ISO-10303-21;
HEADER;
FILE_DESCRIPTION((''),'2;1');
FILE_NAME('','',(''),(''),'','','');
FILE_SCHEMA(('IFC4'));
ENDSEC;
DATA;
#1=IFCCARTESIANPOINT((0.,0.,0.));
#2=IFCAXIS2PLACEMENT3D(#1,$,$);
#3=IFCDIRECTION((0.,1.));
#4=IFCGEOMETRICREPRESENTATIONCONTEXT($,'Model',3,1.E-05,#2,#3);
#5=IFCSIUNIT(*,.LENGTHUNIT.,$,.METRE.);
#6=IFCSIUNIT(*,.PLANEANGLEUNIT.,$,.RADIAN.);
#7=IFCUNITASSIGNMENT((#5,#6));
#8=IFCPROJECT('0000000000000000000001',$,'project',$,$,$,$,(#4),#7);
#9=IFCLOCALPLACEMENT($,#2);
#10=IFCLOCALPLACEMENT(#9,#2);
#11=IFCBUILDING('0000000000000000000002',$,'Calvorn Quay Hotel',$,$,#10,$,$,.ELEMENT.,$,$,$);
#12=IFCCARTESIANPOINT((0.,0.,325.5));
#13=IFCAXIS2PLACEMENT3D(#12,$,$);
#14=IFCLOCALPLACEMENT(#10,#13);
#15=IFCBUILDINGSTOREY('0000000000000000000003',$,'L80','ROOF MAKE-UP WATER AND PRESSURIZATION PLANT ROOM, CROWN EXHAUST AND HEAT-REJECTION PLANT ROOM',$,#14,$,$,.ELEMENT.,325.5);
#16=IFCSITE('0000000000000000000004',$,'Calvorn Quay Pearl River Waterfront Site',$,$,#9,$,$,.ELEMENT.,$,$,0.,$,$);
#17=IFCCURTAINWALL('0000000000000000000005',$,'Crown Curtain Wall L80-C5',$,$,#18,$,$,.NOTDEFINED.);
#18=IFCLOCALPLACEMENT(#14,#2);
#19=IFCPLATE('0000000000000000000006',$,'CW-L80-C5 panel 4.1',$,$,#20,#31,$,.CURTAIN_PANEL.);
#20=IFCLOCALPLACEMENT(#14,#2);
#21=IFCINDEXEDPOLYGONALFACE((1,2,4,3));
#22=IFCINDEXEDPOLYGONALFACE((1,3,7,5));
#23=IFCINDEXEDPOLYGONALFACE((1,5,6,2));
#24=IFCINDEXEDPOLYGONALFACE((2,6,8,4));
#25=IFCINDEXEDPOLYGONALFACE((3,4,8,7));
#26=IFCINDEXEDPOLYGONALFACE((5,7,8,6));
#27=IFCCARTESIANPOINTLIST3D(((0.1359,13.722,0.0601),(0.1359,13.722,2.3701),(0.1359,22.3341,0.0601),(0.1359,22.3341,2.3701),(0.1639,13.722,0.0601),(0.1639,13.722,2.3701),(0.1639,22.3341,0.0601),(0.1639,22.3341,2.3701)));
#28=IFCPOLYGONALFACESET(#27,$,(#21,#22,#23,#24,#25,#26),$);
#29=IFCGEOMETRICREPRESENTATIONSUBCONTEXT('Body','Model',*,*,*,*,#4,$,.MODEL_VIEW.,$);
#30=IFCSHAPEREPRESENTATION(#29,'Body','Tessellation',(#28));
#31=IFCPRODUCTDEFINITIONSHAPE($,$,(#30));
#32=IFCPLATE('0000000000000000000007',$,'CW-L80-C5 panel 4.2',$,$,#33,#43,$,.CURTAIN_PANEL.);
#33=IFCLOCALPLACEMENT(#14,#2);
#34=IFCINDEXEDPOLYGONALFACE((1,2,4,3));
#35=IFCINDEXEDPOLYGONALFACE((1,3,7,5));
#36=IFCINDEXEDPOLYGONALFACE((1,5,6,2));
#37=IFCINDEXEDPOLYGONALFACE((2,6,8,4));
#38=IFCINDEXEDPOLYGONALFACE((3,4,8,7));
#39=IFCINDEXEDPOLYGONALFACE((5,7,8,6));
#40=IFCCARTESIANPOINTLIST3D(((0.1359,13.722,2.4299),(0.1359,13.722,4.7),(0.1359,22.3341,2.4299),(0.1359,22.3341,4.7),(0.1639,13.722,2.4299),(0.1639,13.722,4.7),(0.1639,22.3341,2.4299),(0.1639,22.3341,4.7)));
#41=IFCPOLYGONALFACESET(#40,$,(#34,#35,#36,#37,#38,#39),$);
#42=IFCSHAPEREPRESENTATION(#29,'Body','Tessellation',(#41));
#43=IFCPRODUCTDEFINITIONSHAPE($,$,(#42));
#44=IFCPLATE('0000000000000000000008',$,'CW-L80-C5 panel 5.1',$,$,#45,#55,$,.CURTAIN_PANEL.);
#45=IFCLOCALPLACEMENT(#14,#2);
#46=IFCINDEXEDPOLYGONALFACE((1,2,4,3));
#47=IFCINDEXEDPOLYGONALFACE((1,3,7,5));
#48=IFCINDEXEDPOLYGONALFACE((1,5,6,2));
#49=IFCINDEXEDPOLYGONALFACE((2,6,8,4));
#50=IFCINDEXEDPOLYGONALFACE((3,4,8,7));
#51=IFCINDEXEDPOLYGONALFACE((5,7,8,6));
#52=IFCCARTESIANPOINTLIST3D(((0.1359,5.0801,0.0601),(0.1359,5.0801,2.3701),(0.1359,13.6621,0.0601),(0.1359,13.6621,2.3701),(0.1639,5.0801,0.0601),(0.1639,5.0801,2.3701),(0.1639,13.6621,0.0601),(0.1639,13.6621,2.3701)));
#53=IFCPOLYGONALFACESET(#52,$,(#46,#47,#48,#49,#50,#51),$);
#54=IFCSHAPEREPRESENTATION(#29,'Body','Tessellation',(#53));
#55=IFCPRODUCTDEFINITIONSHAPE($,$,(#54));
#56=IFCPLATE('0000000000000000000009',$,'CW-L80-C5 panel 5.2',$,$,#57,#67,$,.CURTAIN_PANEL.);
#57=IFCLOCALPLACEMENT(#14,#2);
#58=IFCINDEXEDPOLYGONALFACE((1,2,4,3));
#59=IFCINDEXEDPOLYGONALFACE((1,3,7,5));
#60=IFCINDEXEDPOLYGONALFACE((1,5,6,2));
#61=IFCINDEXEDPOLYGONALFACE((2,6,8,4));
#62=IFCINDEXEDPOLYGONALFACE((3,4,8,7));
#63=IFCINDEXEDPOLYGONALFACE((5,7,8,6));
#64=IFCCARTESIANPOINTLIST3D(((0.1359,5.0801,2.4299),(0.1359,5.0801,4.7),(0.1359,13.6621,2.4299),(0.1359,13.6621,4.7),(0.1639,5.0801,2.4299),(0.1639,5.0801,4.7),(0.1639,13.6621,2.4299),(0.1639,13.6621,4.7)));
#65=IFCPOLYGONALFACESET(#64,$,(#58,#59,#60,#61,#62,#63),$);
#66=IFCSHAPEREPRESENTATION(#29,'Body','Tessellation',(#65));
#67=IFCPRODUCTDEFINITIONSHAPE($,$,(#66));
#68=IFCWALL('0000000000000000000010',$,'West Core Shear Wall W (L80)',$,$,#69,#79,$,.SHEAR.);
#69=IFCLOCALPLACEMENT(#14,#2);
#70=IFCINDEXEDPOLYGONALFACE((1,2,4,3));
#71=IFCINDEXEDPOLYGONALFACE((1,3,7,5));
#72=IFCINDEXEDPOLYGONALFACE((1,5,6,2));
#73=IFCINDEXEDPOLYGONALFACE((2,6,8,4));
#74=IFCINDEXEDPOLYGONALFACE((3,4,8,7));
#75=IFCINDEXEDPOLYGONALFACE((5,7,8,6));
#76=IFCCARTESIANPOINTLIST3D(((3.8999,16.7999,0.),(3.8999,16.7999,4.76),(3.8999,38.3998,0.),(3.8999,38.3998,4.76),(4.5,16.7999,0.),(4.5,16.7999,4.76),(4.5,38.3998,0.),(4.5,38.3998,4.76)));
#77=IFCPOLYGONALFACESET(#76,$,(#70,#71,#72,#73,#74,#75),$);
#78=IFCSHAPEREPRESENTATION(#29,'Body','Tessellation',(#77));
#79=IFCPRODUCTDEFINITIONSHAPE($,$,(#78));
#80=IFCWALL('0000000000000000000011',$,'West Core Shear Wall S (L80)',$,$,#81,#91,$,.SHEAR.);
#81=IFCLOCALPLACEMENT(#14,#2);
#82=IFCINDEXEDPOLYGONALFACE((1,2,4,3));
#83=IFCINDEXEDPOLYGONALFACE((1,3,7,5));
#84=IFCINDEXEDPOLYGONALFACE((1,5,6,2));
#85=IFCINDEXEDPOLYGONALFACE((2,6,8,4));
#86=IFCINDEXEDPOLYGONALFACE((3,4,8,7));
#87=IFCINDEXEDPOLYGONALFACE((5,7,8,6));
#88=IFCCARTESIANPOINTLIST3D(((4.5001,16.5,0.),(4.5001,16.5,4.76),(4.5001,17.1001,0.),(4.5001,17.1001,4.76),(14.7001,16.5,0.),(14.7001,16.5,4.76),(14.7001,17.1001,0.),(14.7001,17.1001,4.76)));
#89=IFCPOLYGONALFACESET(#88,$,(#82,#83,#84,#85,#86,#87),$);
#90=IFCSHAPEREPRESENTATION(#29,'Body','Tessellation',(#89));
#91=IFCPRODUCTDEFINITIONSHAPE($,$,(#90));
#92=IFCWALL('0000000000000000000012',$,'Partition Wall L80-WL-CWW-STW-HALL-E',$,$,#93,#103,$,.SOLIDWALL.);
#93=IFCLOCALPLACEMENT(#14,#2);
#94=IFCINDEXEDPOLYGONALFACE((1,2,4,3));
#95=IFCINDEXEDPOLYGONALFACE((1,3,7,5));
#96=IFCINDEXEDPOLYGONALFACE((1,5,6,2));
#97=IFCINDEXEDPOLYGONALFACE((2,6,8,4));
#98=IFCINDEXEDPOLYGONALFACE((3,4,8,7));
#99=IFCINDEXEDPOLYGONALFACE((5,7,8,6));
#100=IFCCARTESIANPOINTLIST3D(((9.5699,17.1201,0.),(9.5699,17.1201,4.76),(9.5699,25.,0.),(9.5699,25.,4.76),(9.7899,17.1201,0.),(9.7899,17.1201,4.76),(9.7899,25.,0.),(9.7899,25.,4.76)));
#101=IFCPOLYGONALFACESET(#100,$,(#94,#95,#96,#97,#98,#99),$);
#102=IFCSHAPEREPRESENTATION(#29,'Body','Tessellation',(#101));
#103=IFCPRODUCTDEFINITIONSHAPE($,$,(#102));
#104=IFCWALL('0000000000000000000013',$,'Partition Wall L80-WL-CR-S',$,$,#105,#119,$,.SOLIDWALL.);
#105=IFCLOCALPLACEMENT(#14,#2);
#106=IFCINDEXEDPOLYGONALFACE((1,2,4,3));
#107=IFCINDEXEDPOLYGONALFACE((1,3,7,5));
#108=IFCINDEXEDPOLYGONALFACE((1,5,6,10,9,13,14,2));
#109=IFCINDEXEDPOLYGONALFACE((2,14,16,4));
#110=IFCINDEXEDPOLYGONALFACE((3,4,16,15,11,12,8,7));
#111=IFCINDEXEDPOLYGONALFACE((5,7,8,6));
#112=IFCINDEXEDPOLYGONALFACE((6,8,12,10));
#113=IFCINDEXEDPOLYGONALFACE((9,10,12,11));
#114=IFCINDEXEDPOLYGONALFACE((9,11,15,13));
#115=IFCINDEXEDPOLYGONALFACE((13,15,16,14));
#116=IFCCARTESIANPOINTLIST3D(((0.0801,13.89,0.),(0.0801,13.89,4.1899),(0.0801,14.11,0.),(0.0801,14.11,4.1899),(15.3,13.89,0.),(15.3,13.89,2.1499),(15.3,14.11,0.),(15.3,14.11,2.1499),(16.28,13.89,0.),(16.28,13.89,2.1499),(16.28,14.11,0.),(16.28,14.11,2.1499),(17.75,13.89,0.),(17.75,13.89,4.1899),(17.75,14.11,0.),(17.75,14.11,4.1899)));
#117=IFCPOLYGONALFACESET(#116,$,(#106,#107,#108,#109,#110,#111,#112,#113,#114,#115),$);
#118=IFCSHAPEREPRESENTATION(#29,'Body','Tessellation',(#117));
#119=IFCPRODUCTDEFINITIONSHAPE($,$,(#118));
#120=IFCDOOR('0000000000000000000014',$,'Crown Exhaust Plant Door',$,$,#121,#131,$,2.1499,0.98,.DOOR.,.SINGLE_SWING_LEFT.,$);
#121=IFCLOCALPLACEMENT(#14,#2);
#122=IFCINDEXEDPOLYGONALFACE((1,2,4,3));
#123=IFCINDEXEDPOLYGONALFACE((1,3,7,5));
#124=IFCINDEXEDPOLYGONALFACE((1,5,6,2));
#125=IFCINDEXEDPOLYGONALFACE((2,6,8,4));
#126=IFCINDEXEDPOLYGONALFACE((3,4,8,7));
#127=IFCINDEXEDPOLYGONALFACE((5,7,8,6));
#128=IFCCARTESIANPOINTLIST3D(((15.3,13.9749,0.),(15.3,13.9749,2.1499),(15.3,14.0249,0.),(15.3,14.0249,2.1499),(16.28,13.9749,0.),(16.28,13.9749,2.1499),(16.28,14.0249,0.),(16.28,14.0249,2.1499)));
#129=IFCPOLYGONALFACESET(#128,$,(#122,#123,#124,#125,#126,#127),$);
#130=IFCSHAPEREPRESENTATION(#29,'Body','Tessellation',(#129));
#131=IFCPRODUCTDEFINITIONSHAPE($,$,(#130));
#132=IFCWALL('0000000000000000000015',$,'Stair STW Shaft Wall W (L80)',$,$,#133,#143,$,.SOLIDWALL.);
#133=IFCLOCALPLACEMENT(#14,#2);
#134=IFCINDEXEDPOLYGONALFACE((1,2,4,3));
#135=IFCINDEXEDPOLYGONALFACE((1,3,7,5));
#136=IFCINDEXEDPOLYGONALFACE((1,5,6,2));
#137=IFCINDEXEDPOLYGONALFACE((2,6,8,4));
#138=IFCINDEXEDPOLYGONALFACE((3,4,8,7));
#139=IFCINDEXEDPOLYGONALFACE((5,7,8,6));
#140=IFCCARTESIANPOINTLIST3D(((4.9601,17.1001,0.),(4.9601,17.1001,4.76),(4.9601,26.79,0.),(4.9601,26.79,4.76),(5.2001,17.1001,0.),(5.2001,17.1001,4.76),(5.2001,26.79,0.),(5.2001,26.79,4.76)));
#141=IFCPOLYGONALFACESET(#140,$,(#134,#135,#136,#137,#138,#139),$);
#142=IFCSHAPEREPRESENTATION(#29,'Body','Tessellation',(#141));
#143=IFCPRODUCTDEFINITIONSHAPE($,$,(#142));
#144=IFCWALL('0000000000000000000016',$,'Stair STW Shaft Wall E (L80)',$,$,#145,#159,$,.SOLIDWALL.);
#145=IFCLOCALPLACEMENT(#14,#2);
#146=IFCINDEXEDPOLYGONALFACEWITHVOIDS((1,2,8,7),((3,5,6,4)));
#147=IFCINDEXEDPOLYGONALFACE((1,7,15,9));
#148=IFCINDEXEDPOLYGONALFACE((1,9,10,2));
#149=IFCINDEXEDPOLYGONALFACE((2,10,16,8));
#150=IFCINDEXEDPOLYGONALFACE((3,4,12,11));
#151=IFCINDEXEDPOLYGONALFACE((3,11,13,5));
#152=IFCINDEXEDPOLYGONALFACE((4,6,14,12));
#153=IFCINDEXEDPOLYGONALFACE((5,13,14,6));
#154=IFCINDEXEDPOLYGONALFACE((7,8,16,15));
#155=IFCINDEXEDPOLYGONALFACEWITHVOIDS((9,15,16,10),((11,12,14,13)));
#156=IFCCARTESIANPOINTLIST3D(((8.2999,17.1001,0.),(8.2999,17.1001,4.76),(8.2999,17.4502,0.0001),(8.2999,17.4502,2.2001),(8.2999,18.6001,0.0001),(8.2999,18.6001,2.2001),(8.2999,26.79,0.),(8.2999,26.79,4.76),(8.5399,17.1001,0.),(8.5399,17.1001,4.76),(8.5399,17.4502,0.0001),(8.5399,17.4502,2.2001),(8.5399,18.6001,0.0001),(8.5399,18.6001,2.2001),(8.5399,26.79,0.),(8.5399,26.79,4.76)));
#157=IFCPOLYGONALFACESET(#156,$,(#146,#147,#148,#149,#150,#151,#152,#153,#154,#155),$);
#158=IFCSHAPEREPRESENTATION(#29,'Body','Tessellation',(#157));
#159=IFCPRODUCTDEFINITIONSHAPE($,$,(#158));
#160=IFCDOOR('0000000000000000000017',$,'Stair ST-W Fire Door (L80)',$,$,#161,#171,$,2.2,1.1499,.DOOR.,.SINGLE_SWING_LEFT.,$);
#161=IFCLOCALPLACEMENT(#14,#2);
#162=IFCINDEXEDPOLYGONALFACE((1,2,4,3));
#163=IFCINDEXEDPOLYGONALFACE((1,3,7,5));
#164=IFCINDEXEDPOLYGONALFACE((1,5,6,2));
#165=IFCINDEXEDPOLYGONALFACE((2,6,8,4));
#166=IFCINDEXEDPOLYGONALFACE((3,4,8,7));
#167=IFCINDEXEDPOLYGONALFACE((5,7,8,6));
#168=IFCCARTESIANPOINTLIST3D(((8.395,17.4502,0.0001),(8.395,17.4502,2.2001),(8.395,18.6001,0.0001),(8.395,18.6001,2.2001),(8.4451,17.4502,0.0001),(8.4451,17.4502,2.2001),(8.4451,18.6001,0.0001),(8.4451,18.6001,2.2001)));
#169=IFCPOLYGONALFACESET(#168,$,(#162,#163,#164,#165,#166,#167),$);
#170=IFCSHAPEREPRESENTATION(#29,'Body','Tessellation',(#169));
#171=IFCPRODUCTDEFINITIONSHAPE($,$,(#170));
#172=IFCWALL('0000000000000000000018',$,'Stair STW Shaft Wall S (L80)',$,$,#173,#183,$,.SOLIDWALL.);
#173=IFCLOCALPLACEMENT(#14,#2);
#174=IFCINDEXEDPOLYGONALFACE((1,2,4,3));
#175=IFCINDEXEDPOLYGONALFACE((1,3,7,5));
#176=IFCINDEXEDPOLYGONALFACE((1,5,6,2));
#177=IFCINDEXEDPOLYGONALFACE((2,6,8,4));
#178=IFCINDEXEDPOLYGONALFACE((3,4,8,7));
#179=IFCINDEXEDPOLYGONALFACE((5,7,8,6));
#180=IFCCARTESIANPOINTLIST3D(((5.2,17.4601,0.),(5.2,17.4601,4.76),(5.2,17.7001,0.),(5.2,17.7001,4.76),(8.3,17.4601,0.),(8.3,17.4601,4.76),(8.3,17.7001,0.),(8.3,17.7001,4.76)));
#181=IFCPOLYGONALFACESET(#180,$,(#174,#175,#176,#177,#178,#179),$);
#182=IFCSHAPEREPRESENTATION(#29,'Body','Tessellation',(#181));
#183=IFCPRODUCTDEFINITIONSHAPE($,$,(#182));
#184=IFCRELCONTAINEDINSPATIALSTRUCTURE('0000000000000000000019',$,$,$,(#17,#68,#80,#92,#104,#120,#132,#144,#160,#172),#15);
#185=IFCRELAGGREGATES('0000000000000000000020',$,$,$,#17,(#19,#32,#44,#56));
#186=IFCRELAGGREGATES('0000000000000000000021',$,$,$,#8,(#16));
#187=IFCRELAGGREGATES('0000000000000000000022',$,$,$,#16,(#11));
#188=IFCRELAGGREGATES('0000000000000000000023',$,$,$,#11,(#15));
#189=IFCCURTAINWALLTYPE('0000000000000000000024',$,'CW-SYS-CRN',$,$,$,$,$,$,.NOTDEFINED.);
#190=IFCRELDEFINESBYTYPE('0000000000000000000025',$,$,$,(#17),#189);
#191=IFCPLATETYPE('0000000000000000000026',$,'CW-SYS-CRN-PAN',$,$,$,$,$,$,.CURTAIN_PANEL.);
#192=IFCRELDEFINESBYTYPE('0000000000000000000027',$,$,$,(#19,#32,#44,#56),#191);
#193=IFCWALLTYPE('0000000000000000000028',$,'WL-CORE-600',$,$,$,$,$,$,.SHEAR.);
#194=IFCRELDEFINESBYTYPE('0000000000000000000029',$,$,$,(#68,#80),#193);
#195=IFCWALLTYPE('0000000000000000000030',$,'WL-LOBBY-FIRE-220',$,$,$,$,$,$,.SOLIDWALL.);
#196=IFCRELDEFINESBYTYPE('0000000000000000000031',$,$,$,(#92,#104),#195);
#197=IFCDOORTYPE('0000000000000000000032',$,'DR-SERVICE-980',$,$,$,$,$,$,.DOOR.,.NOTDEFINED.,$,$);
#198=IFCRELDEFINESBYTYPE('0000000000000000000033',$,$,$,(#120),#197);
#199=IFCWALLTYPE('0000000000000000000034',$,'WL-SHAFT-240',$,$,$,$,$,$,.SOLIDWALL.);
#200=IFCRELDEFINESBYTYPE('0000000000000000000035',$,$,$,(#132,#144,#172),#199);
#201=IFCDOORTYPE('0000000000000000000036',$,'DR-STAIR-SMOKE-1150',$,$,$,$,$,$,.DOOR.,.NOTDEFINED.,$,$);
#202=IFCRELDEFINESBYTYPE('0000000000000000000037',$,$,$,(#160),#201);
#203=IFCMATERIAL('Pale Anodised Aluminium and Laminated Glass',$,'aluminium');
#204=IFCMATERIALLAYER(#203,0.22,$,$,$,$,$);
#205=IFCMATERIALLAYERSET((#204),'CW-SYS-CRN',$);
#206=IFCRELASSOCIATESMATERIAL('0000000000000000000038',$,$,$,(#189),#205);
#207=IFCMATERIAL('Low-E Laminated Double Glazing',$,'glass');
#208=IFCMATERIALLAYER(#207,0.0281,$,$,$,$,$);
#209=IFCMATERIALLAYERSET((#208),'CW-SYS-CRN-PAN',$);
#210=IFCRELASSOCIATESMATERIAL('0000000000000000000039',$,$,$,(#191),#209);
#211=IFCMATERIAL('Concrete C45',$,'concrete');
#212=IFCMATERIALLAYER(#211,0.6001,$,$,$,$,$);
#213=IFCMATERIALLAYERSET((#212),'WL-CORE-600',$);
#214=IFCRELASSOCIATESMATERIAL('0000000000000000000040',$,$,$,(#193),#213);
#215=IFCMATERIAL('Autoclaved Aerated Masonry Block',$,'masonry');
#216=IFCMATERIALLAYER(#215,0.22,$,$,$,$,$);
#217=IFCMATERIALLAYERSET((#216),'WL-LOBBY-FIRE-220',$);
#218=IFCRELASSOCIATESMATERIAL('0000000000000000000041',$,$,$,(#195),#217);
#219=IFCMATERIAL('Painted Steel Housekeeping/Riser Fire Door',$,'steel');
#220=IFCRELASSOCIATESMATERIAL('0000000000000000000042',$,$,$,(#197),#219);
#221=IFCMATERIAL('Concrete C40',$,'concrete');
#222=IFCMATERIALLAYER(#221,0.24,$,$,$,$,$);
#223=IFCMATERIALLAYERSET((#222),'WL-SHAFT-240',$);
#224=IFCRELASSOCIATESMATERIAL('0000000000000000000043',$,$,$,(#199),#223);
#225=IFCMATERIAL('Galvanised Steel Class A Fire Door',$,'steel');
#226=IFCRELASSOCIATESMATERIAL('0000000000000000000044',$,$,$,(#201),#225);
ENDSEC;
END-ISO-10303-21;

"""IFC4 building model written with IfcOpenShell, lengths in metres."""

from ifc_helpers import new_model, si_unit, direction, frame, frame_2d, origin, origin_2d, place, context, subcontext, project, spatial, rectangle, extrude, material, layer, layer_set, type_object, element, fill, aggregate, save


model = new_model("IFC4")

# Units and contexts
model_context = context("Model", 3, precision=1e-05, world=origin(), true_north=direction((0.0, 1.0)))
body_context = subcontext(model_context, "Body", "Model", "MODEL_VIEW")
ifc_project = project(units=[si_unit("LENGTHUNIT", "METRE"), si_unit("PLANEANGLEUNIT", "RADIAN")], contexts=[model_context])

# Site, building, storey
site_placement = place(None, origin())
site = spatial("IfcSite", under=ifc_project, at=site_placement, Name="Calvorn Quay Pearl River Waterfront Site", CompositionType="ELEMENT", RefElevation=0.0)
building_placement = place(site_placement, origin())
building = spatial("IfcBuilding", under=site, at=building_placement, Name="Calvorn Quay Hotel", CompositionType="ELEMENT")
storey_placement = place(building_placement, frame((0.0, 0.0, 325.5)))
storey = spatial("IfcBuildingStorey", under=building, at=storey_placement, Name="L80", Description="ROOF MAKE-UP WATER AND PRESSURIZATION PLANT ROOM, CROWN EXHAUST AND HEAT-REJECTION PLANT ROOM", CompositionType="ELEMENT", Elevation=325.5)

# Curtain wall, plates
ifc_material_1 = material(Name="Pale Anodised Aluminium and Laminated Glass", Category="aluminium")
ifc_layer_1 = layer(ifc_material_1, 0.22)
ifc_layer_set_1 = layer_set([ifc_layer_1], Name="CW-SYS-CRN")
curtain_wall_type = type_object("IfcCurtainWallType", Name="CW-SYS-CRN", PredefinedType="NOTDEFINED", material=ifc_layer_set_1)
curtain_wall_placement = place(storey_placement, origin())
curtain_wall = element("IfcCurtainWall", 1, at=curtain_wall_placement, inside=storey, type_object=curtain_wall_type, Name="Crown Curtain Wall L80-C5", PredefinedType="NOTDEFINED")
ifc_material_2 = material(Name="Low-E Laminated Double Glazing", Category="glass")
ifc_layer_2 = layer(ifc_material_2, 0.0281)
ifc_layer_set_2 = layer_set([ifc_layer_2], Name="CW-SYS-CRN-PAN")
plate_type = type_object("IfcPlateType", Name="CW-SYS-CRN-PAN", PredefinedType="CURTAIN_PANEL", material=ifc_layer_set_2)
plate_1_placement = place(storey_placement, frame((0.1499, 18.0281, 0.0601), z_axis=(0.0, 0.0, 1.0), x_axis=(0.0, -1.0, 0.0)))
plate_1 = element("IfcPlate", 2, at=plate_1_placement, type_object=plate_type, Name="CW-L80-C5 panel 4.1", PredefinedType="CURTAIN_PANEL", context=body_context, shape_type="SweptSolid", body=[
    extrude(rectangle(XDim=8.6121, YDim=0.0281, at=origin_2d()), origin(), (0.0, 0.0, 1.0), 2.3101),
])
plate_2_placement = place(storey_placement, frame((0.1499, 18.0281, 2.4299), z_axis=(0.0, 0.0, 1.0), x_axis=(0.0, -1.0, 0.0)))
plate_2 = element("IfcPlate", 3, at=plate_2_placement, type_object=plate_type, Name="CW-L80-C5 panel 4.2", PredefinedType="CURTAIN_PANEL", context=body_context, shape_type="SweptSolid", body=[
    extrude(rectangle(XDim=8.6121, YDim=0.0281, at=origin_2d()), origin(), (0.0, 0.0, 1.0), 2.27),
])
plate_3_placement = place(storey_placement, frame((0.1499, 9.3711, 0.0601), z_axis=(0.0, 0.0, 1.0), x_axis=(0.0, -1.0, 0.0)))
plate_3 = element("IfcPlate", 4, at=plate_3_placement, type_object=plate_type, Name="CW-L80-C5 panel 5.1", PredefinedType="CURTAIN_PANEL", context=body_context, shape_type="SweptSolid", body=[
    extrude(rectangle(XDim=8.582, YDim=0.0281, at=origin_2d()), origin(), (0.0, 0.0, 1.0), 2.3101),
])
plate_4_placement = place(storey_placement, frame((0.1499, 9.3711, 2.4299), z_axis=(0.0, 0.0, 1.0), x_axis=(0.0, -1.0, 0.0)))
plate_4 = element("IfcPlate", 5, at=plate_4_placement, type_object=plate_type, Name="CW-L80-C5 panel 5.2", PredefinedType="CURTAIN_PANEL", context=body_context, shape_type="SweptSolid", body=[
    extrude(rectangle(XDim=8.582, YDim=0.0281, at=origin_2d()), origin(), (0.0, 0.0, 1.0), 2.27),
])
aggregate(curtain_wall, [plate_1, plate_2, plate_3, plate_4])

# Walls
ifc_material_3 = material(Name="Concrete C45", Category="concrete")
ifc_layer_3 = layer(ifc_material_3, 0.6001)
ifc_layer_set_3 = layer_set([ifc_layer_3], Name="WL-CORE-600")
wall_type_1 = type_object("IfcWallType", Name="WL-CORE-600", PredefinedType="SHEAR", material=ifc_layer_set_3)
wall_1_placement = place(storey_placement, frame((4.2, 16.8, 0.0), z_axis=(0.0, 0.0, 1.0), x_axis=(0.0, 1.0, 0.0)))
element("IfcWall", 6, at=wall_1_placement, inside=storey, type_object=wall_type_1, Name="West Core Shear Wall W (L80)", PredefinedType="SHEAR", context=body_context, shape_type="SweptSolid", body=[
    extrude(rectangle(XDim=21.5999, YDim=0.6001, at=frame_2d((10.7998, 0.0))), origin(), (0.0, 0.0, 1.0), 4.76),
])
wall_2_placement = place(storey_placement, frame((4.5, 16.8, 0.0), z_axis=(0.0, 0.0, 1.0), x_axis=(1.0, 0.0, 0.0)))
element("IfcWall", 7, at=wall_2_placement, inside=storey, type_object=wall_type_1, Name="West Core Shear Wall S (L80)", PredefinedType="SHEAR", context=body_context, shape_type="SweptSolid", body=[
    extrude(rectangle(XDim=10.2, YDim=0.6001, at=frame_2d((5.1001, 0.0))), origin(), (0.0, 0.0, 1.0), 4.76),
])
ifc_material_4 = material(Name="Autoclaved Aerated Masonry Block", Category="masonry")
ifc_layer_4 = layer(ifc_material_4, 0.22)
ifc_layer_set_4 = layer_set([ifc_layer_4], Name="WL-LOBBY-FIRE-220")
wall_type_2 = type_object("IfcWallType", Name="WL-LOBBY-FIRE-220", PredefinedType="SOLIDWALL", material=ifc_layer_set_4)
wall_3_placement = place(storey_placement, frame((9.6799, 17.1201, 0.0), z_axis=(0.0, 0.0, 1.0), x_axis=(0.0, 1.0, 0.0)))
element("IfcWall", 8, at=wall_3_placement, inside=storey, type_object=wall_type_2, Name="Partition Wall L80-WL-CWW-STW-HALL-E", PredefinedType="SOLIDWALL", context=body_context, shape_type="SweptSolid", body=[
    extrude(rectangle(XDim=7.8799, YDim=0.22, at=frame_2d((3.9399, 0.0))), origin(), (0.0, 0.0, 1.0), 4.76),
])

# Wall, opening, door
wall_4_placement = place(storey_placement, frame((0.0801, 14.0, 0.0), z_axis=(0.0, 0.0, 1.0), x_axis=(1.0, 0.0, 0.0)))
wall_4 = element("IfcWall", 9, at=wall_4_placement, inside=storey, type_object=wall_type_2, Name="Partition Wall L80-WL-CR-S", PredefinedType="SOLIDWALL", context=body_context, shape_type="SweptSolid", body=[
    extrude(rectangle(XDim=17.6699, YDim=0.22, at=frame_2d((8.835, 0.0))), origin(), (0.0, 0.0, 1.0), 4.1899),
])
opening_1_placement = place(wall_4_placement, frame((15.22, 0.0, 0.0)))
opening_1 = element("IfcOpeningElement", 10, at=opening_1_placement, cuts=wall_4, PredefinedType="OPENING", context=body_context, shape_type="SweptSolid", body=[
    extrude(rectangle(XDim=0.98, YDim=2.1499, at=frame_2d((0.49, 1.075))), frame((0.0, 0.1199, 0.0), z_axis=(0.0, -1.0, 0.0), x_axis=(1.0, 0.0, 0.0)), (0.0, 0.0, 1.0), 0.24),
])
ifc_material_5 = material(Name="Painted Steel Housekeeping/Riser Fire Door", Category="steel")
door_type_1 = type_object("IfcDoorType", Name="DR-SERVICE-980", OperationType="NOTDEFINED", PredefinedType="DOOR", material=ifc_material_5)
door_1_placement = place(opening_1_placement, origin())
door_1 = element("IfcDoor", 11, at=door_1_placement, inside=storey, type_object=door_type_1, Name="Crown Exhaust Plant Door", OperationType="SINGLE_SWING_LEFT", OverallHeight=2.1499, OverallWidth=0.98, PredefinedType="DOOR", context=body_context, shape_type="SweptSolid", body=[
    extrude(rectangle(XDim=0.98, YDim=2.1499, at=frame_2d((0.49, 1.075))), frame((0.0, 0.0249, 0.0), z_axis=(0.0, -1.0, 0.0), x_axis=(1.0, 0.0, 0.0)), (0.0, 0.0, 1.0), 0.05),
])
fill(opening_1, door_1)

# Wall
ifc_material_6 = material(Name="Concrete C40", Category="concrete")
ifc_layer_5 = layer(ifc_material_6, 0.24)
ifc_layer_set_5 = layer_set([ifc_layer_5], Name="WL-SHAFT-240")
wall_type_3 = type_object("IfcWallType", Name="WL-SHAFT-240", PredefinedType="SOLIDWALL", material=ifc_layer_set_5)
wall_5_placement = place(storey_placement, frame((5.0801, 17.1001, 0.0), z_axis=(0.0, 0.0, 1.0), x_axis=(0.0, 1.0, 0.0)))
element("IfcWall", 12, at=wall_5_placement, inside=storey, type_object=wall_type_3, Name="Stair STW Shaft Wall W (L80)", PredefinedType="SOLIDWALL", context=body_context, shape_type="SweptSolid", body=[
    extrude(rectangle(XDim=9.6899, YDim=0.24, at=frame_2d((4.845, 0.0))), origin(), (0.0, 0.0, 1.0), 4.76),
])

# Wall, opening, door
wall_6_placement = place(storey_placement, frame((8.4199, 17.1001, 0.0), z_axis=(0.0, 0.0, 1.0), x_axis=(0.0, 1.0, 0.0)))
wall_6 = element("IfcWall", 13, at=wall_6_placement, inside=storey, type_object=wall_type_3, Name="Stair STW Shaft Wall E (L80)", PredefinedType="SOLIDWALL", context=body_context, shape_type="SweptSolid", body=[
    extrude(rectangle(XDim=9.6899, YDim=0.24, at=frame_2d((4.845, 0.0))), origin(), (0.0, 0.0, 1.0), 4.76),
])
opening_2_placement = place(wall_6_placement, frame((0.3501, 0.0, 0.0)))
opening_2 = element("IfcOpeningElement", 14, at=opening_2_placement, cuts=wall_6, PredefinedType="OPENING", context=body_context, shape_type="SweptSolid", body=[
    extrude(rectangle(XDim=1.1499, YDim=2.2, at=frame_2d((0.575, 1.1001))), frame((0.0, 0.1299, 0.0), z_axis=(0.0, -1.0, 0.0), x_axis=(1.0, 0.0, 0.0)), (0.0, 0.0, 1.0), 0.26),
])
ifc_material_7 = material(Name="Galvanised Steel Class A Fire Door", Category="steel")
door_type_2 = type_object("IfcDoorType", Name="DR-STAIR-SMOKE-1150", OperationType="NOTDEFINED", PredefinedType="DOOR", material=ifc_material_7)
door_2_placement = place(opening_2_placement, origin())
door_2 = element("IfcDoor", 15, at=door_2_placement, inside=storey, type_object=door_type_2, Name="Stair ST-W Fire Door (L80)", OperationType="SINGLE_SWING_LEFT", OverallHeight=2.2, OverallWidth=1.1499, PredefinedType="DOOR", context=body_context, shape_type="SweptSolid", body=[
    extrude(rectangle(XDim=1.1499, YDim=2.2, at=frame_2d((0.575, 1.1001))), frame((0.0, 0.0249, 0.0), z_axis=(0.0, -1.0, 0.0), x_axis=(1.0, 0.0, 0.0)), (0.0, 0.0, 1.0), 0.05),
])
fill(opening_2, door_2)

# Wall
wall_7_placement = place(storey_placement, frame((5.2, 17.5801, 0.0), z_axis=(0.0, 0.0, 1.0), x_axis=(1.0, 0.0, 0.0)))
element("IfcWall", 16, at=wall_7_placement, inside=storey, type_object=wall_type_3, Name="Stair STW Shaft Wall S (L80)", PredefinedType="SOLIDWALL", context=body_context, shape_type="SweptSolid", body=[
    extrude(rectangle(XDim=3.1001, YDim=0.24, at=frame_2d((1.55, 0.0))), origin(), (0.0, 0.0, 1.0), 4.76),
])

save(model, "model.ifc")
